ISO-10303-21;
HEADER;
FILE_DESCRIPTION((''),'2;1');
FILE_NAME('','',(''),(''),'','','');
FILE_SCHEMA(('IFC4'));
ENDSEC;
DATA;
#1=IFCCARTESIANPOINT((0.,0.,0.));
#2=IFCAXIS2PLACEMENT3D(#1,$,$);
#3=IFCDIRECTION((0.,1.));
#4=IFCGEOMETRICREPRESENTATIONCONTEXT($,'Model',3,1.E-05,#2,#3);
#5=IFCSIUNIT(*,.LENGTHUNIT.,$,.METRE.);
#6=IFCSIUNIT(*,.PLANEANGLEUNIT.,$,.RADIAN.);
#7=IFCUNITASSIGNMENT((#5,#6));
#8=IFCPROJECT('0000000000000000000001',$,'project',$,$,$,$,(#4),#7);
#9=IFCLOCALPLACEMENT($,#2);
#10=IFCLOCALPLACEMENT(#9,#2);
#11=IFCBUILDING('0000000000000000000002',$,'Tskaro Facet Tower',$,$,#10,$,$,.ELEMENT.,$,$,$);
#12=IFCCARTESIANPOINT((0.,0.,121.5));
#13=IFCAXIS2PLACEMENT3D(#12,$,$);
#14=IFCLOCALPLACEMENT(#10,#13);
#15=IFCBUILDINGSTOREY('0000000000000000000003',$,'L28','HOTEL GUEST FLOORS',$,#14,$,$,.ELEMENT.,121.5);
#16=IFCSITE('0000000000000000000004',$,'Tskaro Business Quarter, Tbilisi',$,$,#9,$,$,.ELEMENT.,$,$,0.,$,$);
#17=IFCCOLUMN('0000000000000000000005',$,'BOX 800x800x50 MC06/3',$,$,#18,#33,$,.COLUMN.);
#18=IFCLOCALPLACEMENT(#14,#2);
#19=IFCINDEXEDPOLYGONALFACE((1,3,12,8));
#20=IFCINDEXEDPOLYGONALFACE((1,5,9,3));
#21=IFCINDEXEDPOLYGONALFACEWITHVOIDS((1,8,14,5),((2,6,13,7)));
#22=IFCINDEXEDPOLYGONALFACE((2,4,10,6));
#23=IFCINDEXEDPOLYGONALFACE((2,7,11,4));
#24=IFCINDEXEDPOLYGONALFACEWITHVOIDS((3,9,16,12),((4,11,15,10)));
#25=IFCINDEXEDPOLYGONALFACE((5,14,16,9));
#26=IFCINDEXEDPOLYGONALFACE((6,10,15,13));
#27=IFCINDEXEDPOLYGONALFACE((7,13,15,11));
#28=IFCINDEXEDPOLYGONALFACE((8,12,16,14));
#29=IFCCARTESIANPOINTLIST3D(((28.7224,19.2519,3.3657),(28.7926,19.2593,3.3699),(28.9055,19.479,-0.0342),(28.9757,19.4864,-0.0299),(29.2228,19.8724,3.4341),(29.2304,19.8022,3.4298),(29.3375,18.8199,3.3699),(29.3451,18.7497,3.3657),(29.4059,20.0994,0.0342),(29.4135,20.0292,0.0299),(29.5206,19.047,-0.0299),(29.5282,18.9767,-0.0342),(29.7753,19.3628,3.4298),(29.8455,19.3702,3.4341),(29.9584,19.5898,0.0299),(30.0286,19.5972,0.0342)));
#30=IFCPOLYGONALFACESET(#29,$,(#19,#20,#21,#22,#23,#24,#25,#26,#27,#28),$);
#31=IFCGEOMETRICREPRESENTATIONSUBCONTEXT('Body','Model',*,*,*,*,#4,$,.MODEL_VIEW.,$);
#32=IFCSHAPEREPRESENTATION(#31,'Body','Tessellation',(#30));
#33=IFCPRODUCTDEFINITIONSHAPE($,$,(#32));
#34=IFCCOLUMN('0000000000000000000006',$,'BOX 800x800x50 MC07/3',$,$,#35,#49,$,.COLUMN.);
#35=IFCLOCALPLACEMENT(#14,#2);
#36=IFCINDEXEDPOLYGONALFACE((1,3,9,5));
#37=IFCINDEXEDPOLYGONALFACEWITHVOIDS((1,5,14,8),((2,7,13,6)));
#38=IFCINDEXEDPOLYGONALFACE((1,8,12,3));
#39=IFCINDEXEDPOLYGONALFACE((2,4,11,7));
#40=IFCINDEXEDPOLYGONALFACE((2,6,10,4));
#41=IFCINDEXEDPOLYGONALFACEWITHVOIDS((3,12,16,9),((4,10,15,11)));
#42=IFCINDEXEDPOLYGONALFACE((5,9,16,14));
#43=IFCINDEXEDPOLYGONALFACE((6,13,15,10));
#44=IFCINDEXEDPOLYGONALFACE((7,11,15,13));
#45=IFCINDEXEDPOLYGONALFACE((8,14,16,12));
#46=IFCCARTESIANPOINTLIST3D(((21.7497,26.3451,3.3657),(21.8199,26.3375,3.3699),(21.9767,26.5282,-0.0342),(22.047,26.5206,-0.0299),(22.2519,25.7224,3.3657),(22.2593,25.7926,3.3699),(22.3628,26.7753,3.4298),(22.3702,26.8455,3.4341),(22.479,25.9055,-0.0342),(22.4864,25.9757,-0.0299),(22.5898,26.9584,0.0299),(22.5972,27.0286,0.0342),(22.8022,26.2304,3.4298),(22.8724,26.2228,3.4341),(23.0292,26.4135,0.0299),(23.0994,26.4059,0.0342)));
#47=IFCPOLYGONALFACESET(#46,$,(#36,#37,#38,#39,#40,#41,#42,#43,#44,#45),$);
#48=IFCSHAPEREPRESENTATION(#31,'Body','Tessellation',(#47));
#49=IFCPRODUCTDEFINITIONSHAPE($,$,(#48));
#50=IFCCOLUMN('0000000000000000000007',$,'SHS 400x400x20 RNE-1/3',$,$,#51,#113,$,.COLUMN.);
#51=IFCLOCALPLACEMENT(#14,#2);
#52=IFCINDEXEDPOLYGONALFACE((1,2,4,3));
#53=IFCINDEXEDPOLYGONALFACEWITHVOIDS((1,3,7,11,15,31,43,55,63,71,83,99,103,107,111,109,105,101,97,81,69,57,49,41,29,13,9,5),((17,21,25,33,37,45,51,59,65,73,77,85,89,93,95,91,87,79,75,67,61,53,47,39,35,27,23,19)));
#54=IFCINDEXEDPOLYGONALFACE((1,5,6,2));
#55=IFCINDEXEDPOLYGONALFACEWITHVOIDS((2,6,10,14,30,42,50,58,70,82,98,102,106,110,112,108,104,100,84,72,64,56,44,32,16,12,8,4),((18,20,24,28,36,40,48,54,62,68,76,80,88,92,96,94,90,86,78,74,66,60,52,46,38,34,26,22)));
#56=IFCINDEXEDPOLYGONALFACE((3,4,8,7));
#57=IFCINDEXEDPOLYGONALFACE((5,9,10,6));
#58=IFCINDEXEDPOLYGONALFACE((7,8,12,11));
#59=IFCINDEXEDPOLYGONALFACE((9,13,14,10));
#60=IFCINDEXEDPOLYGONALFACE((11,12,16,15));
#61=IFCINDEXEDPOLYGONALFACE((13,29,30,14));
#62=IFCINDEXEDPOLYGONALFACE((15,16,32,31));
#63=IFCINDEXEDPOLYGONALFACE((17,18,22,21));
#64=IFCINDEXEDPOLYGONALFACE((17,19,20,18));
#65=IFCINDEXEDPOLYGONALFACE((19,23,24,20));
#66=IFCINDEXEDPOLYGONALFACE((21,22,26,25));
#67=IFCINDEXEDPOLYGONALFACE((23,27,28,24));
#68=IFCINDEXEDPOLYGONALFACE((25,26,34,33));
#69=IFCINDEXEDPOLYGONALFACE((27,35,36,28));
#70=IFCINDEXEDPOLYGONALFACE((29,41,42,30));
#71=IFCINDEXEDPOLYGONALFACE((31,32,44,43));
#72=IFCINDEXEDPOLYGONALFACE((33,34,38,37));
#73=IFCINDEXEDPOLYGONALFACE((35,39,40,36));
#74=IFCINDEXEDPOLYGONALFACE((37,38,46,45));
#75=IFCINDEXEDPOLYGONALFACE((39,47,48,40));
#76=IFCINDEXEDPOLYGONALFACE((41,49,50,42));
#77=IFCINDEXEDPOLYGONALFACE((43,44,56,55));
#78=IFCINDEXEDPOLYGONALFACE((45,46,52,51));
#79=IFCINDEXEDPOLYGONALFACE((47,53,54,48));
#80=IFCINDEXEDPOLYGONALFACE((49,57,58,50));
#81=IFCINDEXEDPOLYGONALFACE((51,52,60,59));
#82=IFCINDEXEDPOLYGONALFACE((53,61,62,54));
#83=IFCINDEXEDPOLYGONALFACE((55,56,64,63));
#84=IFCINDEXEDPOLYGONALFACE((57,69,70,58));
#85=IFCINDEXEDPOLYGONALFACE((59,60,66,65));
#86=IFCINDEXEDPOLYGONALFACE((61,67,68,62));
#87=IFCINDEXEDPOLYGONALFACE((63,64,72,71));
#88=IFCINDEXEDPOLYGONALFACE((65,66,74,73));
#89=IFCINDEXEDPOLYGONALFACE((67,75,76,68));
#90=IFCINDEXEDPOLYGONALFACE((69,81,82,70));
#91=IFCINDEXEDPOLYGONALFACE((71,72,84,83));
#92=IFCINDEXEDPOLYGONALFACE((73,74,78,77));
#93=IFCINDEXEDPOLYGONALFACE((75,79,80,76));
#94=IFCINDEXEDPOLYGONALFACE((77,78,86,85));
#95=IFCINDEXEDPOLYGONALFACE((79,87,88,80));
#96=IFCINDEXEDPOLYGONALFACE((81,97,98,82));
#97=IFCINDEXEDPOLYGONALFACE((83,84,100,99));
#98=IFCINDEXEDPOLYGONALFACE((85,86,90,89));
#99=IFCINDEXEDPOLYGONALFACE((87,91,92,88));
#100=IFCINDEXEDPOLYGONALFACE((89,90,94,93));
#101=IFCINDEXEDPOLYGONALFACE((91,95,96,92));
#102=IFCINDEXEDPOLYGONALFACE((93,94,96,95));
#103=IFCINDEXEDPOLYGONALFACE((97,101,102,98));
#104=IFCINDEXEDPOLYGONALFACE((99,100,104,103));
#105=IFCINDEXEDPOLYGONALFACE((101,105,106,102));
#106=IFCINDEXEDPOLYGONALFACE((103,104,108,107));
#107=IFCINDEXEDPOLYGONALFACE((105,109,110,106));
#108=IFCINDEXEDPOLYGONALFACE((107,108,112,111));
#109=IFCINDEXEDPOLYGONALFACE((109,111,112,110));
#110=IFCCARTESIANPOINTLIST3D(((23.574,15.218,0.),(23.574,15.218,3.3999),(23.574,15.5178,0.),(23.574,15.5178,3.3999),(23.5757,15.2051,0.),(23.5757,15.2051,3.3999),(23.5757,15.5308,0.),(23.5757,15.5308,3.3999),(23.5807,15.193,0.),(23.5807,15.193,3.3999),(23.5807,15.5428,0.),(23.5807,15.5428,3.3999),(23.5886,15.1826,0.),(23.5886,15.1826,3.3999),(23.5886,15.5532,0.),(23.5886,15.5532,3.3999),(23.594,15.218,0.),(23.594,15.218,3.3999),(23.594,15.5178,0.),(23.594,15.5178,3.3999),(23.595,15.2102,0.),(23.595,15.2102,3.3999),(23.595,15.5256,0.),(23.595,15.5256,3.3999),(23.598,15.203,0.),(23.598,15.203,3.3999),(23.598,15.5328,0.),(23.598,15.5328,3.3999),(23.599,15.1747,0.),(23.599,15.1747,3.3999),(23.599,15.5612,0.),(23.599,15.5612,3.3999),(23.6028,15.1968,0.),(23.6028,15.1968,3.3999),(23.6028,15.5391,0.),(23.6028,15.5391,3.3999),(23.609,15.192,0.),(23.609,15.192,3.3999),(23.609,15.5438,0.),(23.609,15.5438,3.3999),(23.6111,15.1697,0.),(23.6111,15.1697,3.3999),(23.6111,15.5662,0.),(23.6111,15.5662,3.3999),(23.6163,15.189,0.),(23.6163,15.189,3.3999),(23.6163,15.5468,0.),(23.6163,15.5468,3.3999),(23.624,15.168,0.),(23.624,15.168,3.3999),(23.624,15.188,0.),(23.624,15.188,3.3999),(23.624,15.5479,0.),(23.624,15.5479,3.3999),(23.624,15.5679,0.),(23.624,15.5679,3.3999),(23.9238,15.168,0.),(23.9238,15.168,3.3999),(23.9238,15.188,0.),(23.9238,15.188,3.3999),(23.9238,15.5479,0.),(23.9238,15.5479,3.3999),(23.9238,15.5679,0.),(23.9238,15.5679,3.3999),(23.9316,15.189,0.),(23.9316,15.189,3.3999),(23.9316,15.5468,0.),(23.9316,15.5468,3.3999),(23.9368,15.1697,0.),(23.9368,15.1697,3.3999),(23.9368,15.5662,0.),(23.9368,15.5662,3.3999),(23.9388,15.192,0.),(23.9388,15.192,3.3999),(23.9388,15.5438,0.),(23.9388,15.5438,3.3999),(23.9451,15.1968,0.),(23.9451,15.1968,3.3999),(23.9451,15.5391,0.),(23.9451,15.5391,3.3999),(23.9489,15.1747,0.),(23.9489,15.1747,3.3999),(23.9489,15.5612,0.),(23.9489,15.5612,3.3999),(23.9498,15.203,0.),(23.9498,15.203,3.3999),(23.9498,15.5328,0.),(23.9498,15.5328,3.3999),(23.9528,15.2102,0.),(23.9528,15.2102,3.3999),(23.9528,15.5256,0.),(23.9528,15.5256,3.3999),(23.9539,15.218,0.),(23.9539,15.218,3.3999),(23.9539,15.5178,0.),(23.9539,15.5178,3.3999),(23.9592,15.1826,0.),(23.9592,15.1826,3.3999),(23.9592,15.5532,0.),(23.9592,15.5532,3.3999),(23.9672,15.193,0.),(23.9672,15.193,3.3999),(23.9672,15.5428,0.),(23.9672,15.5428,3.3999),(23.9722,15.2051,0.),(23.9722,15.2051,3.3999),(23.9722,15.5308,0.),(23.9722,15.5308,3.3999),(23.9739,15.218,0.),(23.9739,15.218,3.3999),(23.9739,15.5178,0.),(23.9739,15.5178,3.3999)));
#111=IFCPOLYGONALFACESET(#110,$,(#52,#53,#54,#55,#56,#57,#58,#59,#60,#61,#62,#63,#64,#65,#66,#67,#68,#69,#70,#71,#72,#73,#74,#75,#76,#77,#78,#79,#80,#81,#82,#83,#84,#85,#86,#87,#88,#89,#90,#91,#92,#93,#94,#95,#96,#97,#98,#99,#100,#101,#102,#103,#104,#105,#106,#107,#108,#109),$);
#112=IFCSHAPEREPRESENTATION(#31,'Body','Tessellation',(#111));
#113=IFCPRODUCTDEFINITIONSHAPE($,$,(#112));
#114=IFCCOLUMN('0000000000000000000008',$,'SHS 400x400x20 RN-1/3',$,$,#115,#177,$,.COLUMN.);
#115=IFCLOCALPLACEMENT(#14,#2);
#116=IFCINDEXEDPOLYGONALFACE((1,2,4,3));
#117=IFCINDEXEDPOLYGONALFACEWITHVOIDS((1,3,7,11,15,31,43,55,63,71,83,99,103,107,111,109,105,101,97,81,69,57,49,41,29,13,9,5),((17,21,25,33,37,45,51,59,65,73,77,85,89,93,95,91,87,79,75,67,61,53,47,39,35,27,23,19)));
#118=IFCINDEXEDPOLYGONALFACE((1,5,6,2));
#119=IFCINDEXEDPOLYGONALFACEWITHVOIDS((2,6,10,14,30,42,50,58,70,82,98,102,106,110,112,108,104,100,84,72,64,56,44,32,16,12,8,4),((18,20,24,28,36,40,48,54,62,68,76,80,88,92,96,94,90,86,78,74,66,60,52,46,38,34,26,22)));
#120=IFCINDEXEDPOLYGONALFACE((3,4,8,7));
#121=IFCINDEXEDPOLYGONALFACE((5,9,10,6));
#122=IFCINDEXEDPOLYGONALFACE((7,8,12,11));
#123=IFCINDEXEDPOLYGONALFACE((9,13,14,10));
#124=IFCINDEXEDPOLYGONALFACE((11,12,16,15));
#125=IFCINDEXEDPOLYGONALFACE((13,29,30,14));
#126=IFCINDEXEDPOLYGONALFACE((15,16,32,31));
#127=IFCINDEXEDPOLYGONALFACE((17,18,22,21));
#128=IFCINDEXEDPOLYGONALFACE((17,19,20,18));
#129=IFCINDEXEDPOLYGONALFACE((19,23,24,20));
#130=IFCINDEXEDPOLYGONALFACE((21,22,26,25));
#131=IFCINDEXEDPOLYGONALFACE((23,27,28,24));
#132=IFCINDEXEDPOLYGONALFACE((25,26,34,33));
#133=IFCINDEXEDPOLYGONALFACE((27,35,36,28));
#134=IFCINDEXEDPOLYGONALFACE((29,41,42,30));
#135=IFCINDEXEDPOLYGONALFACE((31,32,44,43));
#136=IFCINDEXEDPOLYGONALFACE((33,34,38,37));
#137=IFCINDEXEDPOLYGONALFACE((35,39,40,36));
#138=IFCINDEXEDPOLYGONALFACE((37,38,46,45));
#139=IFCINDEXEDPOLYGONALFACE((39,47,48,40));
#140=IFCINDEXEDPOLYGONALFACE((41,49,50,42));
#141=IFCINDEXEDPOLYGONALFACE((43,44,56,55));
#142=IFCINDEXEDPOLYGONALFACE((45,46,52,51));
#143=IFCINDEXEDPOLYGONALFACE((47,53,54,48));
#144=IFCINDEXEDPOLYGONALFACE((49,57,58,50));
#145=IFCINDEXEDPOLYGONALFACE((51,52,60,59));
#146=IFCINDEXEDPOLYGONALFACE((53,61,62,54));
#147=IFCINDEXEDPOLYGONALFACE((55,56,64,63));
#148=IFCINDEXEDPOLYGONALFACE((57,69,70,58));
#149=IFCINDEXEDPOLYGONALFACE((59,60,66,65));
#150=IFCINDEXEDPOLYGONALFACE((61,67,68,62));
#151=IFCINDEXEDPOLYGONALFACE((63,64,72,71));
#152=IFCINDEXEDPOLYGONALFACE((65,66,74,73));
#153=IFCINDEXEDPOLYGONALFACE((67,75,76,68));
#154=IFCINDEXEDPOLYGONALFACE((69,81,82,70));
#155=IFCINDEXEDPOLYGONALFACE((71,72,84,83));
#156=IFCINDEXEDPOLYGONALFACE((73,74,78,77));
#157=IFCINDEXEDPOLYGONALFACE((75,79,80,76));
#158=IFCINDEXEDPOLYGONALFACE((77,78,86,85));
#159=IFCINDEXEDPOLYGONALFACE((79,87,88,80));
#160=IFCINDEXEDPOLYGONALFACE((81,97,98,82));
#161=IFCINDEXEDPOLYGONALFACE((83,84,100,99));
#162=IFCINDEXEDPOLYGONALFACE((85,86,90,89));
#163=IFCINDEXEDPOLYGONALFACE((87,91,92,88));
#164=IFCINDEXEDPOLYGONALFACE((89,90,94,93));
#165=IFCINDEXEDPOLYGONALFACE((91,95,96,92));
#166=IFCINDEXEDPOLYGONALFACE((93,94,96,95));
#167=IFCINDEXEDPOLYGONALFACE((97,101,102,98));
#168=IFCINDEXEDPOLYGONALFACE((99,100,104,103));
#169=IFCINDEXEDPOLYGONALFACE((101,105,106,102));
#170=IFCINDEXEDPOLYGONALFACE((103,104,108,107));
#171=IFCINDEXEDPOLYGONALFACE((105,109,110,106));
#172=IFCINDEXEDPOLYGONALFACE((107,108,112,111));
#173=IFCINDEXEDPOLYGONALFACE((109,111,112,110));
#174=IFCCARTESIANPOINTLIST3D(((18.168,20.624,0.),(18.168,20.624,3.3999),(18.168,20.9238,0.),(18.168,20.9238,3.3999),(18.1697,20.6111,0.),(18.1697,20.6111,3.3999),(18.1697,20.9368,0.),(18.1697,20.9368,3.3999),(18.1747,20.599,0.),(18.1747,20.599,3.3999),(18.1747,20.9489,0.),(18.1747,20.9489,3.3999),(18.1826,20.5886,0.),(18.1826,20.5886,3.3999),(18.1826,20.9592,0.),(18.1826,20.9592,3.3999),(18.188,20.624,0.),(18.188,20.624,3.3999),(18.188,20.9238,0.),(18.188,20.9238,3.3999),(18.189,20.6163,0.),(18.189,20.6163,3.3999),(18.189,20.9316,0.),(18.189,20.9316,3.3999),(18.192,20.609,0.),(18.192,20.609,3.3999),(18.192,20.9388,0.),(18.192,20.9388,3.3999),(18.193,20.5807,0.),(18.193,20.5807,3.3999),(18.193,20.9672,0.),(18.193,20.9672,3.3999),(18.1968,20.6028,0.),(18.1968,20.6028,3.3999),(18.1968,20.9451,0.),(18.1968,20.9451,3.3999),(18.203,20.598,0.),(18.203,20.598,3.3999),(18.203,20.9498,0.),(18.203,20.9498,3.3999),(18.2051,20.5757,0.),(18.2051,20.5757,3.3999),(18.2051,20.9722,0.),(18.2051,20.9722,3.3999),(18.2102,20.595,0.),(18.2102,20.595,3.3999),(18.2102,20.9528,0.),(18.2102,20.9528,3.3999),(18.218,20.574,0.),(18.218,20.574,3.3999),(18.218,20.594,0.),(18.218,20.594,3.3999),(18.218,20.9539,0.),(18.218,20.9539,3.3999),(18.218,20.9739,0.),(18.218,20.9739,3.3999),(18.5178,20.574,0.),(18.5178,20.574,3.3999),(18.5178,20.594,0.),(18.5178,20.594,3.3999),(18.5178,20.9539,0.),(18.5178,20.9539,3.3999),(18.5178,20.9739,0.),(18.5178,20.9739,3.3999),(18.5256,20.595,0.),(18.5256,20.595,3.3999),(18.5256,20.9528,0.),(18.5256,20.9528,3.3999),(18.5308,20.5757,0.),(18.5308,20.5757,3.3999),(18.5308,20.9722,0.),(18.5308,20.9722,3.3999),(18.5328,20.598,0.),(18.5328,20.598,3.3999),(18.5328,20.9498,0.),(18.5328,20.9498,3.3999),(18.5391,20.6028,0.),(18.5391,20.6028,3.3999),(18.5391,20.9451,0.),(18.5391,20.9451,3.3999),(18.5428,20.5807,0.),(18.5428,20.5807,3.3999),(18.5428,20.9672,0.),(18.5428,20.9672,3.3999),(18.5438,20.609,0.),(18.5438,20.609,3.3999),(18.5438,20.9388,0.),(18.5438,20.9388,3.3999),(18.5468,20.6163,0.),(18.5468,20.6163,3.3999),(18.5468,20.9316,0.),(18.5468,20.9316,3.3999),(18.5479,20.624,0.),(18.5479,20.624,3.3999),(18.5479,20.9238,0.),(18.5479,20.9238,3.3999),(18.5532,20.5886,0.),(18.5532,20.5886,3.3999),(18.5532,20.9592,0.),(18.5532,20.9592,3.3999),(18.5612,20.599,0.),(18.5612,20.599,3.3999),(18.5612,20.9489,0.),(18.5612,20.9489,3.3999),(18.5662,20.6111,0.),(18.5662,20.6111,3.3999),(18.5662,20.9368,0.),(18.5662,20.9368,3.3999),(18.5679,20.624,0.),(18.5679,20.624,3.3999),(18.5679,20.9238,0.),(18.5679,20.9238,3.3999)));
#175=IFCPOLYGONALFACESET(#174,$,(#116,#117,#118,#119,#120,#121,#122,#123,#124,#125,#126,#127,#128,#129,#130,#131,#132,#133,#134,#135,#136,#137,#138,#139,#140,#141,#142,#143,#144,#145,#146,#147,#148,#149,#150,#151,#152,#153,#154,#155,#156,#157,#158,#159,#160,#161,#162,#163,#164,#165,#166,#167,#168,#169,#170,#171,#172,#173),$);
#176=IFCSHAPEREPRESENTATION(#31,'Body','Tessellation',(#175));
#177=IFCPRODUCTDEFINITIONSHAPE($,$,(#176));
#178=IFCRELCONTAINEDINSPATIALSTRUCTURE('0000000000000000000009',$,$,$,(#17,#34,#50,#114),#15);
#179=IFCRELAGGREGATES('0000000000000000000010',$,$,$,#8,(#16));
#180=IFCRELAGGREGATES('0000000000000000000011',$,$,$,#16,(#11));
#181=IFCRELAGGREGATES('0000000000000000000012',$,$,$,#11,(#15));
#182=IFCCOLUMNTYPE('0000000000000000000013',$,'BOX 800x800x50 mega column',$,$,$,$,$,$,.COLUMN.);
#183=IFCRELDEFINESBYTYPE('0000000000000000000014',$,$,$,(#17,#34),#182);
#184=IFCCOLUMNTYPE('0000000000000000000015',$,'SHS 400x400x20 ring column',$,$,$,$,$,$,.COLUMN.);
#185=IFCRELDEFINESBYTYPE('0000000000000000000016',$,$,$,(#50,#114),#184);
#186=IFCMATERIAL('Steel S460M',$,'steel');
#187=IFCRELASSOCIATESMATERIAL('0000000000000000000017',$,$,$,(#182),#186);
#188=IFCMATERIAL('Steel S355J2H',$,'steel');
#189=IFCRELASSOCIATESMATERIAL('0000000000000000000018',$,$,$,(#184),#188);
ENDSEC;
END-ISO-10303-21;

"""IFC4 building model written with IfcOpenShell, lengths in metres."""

from ifc_helpers import new_model, si_unit, direction, frame, origin, origin_2d, place, context, subcontext, project, spatial, hollow_rectangle, extrude, material, material_profile, profile_set, type_object, element, save


model = new_model("IFC4")

# Units and contexts
model_context = context("Model", 3, precision=1e-05, world=origin(), true_north=direction((0.0, 1.0)))
body_context = subcontext(model_context, "Body", "Model", "MODEL_VIEW")
ifc_project = project(units=[si_unit("LENGTHUNIT", "METRE"), si_unit("PLANEANGLEUNIT", "RADIAN")], contexts=[model_context])

# Site, building, storey
site_placement = place(None, origin())
site = spatial("IfcSite", under=ifc_project, at=site_placement, Name="Tskaro Business Quarter, Tbilisi", CompositionType="ELEMENT", RefElevation=0.0)
building_placement = place(site_placement, origin())
building = spatial("IfcBuilding", under=site, at=building_placement, Name="Tskaro Facet Tower", CompositionType="ELEMENT")
storey_placement = place(building_placement, frame((0.0, 0.0, 121.5)))
storey = spatial("IfcBuildingStorey", under=building, at=storey_placement, Name="L28", Description="HOTEL GUEST FLOORS", CompositionType="ELEMENT", Elevation=121.5)

# Columns
ifc_material_1 = material(Name="Steel S460M", Category="steel")
ifc_material_profile_1 = material_profile(ifc_material_1, hollow_rectangle(XDim=0.8, YDim=0.8, WallThickness=0.05, at=origin_2d()), Name="BOX 800x800x50")
ifc_profile_set_1 = profile_set([ifc_material_profile_1], Name="Steel S460M")
column_type_1 = type_object("IfcColumnType", Name="BOX 800x800x50 mega column", PredefinedType="COLUMN", material=ifc_profile_set_1)
for number, where, z_axis, x_axis, name in (
    (1, (29.467, 19.5381, 0.0), (-0.053659, -0.066537, 0.99634), (0.778413, -0.627752, 0.0), "BOX 800x800x50 MC06/3"),
    (2, (22.5381, 26.467, 0.0), (-0.066537, -0.053659, 0.99634), (0.627752, -0.778413, 0.0), "BOX 800x800x50 MC07/3"),
):
    element("IfcColumn", number, at=place(storey_placement, frame(where, z_axis=z_axis, x_axis=x_axis)), inside=storey, type_object=column_type_1, Name=name, PredefinedType="COLUMN", context=body_context, shape_type="SweptSolid", body=[
        extrude(hollow_rectangle(XDim=0.8, YDim=0.8, WallThickness=0.05, at=origin_2d()), origin(), (0.0, 0.0, 1.0), 3.4124),
    ])
ifc_material_2 = material(Name="Steel S355J2H", Category="steel")
ifc_material_profile_2 = material_profile(ifc_material_2, hollow_rectangle(XDim=0.3999, YDim=0.3999, WallThickness=0.02, InnerFilletRadius=0.03, OuterFilletRadius=0.05, at=origin_2d()), Name="SHS 400x400x20")
ifc_profile_set_2 = profile_set([ifc_material_profile_2], Name="Steel S355J2H")
column_type_2 = type_object("IfcColumnType", Name="SHS 400x400x20 ring column", PredefinedType="COLUMN", material=ifc_profile_set_2)
for number, where, z_axis, x_axis, name in (
    (3, (23.7739, 15.3679, 0.0), (0.0, 0.0, 1.0), (1.0, 0.0, 0.0), "SHS 400x400x20 RNE-1/3"),
    (4, (18.3679, 20.7739, 0.0), (0.0, 0.0, 1.0), (1.0, 0.0, 0.0), "SHS 400x400x20 RN-1/3"),
):
    element("IfcColumn", number, at=place(storey_placement, frame(where, z_axis=z_axis, x_axis=x_axis)), inside=storey, type_object=column_type_2, Name=name, PredefinedType="COLUMN", context=body_context, shape_type="SweptSolid", body=[
        extrude(hollow_rectangle(XDim=0.3999, YDim=0.3999, WallThickness=0.02, InnerFilletRadius=0.03, OuterFilletRadius=0.05, at=origin_2d()), origin(), (0.0, 0.0, 1.0), 3.3999),
    ])

save(model, "model.ifc")
